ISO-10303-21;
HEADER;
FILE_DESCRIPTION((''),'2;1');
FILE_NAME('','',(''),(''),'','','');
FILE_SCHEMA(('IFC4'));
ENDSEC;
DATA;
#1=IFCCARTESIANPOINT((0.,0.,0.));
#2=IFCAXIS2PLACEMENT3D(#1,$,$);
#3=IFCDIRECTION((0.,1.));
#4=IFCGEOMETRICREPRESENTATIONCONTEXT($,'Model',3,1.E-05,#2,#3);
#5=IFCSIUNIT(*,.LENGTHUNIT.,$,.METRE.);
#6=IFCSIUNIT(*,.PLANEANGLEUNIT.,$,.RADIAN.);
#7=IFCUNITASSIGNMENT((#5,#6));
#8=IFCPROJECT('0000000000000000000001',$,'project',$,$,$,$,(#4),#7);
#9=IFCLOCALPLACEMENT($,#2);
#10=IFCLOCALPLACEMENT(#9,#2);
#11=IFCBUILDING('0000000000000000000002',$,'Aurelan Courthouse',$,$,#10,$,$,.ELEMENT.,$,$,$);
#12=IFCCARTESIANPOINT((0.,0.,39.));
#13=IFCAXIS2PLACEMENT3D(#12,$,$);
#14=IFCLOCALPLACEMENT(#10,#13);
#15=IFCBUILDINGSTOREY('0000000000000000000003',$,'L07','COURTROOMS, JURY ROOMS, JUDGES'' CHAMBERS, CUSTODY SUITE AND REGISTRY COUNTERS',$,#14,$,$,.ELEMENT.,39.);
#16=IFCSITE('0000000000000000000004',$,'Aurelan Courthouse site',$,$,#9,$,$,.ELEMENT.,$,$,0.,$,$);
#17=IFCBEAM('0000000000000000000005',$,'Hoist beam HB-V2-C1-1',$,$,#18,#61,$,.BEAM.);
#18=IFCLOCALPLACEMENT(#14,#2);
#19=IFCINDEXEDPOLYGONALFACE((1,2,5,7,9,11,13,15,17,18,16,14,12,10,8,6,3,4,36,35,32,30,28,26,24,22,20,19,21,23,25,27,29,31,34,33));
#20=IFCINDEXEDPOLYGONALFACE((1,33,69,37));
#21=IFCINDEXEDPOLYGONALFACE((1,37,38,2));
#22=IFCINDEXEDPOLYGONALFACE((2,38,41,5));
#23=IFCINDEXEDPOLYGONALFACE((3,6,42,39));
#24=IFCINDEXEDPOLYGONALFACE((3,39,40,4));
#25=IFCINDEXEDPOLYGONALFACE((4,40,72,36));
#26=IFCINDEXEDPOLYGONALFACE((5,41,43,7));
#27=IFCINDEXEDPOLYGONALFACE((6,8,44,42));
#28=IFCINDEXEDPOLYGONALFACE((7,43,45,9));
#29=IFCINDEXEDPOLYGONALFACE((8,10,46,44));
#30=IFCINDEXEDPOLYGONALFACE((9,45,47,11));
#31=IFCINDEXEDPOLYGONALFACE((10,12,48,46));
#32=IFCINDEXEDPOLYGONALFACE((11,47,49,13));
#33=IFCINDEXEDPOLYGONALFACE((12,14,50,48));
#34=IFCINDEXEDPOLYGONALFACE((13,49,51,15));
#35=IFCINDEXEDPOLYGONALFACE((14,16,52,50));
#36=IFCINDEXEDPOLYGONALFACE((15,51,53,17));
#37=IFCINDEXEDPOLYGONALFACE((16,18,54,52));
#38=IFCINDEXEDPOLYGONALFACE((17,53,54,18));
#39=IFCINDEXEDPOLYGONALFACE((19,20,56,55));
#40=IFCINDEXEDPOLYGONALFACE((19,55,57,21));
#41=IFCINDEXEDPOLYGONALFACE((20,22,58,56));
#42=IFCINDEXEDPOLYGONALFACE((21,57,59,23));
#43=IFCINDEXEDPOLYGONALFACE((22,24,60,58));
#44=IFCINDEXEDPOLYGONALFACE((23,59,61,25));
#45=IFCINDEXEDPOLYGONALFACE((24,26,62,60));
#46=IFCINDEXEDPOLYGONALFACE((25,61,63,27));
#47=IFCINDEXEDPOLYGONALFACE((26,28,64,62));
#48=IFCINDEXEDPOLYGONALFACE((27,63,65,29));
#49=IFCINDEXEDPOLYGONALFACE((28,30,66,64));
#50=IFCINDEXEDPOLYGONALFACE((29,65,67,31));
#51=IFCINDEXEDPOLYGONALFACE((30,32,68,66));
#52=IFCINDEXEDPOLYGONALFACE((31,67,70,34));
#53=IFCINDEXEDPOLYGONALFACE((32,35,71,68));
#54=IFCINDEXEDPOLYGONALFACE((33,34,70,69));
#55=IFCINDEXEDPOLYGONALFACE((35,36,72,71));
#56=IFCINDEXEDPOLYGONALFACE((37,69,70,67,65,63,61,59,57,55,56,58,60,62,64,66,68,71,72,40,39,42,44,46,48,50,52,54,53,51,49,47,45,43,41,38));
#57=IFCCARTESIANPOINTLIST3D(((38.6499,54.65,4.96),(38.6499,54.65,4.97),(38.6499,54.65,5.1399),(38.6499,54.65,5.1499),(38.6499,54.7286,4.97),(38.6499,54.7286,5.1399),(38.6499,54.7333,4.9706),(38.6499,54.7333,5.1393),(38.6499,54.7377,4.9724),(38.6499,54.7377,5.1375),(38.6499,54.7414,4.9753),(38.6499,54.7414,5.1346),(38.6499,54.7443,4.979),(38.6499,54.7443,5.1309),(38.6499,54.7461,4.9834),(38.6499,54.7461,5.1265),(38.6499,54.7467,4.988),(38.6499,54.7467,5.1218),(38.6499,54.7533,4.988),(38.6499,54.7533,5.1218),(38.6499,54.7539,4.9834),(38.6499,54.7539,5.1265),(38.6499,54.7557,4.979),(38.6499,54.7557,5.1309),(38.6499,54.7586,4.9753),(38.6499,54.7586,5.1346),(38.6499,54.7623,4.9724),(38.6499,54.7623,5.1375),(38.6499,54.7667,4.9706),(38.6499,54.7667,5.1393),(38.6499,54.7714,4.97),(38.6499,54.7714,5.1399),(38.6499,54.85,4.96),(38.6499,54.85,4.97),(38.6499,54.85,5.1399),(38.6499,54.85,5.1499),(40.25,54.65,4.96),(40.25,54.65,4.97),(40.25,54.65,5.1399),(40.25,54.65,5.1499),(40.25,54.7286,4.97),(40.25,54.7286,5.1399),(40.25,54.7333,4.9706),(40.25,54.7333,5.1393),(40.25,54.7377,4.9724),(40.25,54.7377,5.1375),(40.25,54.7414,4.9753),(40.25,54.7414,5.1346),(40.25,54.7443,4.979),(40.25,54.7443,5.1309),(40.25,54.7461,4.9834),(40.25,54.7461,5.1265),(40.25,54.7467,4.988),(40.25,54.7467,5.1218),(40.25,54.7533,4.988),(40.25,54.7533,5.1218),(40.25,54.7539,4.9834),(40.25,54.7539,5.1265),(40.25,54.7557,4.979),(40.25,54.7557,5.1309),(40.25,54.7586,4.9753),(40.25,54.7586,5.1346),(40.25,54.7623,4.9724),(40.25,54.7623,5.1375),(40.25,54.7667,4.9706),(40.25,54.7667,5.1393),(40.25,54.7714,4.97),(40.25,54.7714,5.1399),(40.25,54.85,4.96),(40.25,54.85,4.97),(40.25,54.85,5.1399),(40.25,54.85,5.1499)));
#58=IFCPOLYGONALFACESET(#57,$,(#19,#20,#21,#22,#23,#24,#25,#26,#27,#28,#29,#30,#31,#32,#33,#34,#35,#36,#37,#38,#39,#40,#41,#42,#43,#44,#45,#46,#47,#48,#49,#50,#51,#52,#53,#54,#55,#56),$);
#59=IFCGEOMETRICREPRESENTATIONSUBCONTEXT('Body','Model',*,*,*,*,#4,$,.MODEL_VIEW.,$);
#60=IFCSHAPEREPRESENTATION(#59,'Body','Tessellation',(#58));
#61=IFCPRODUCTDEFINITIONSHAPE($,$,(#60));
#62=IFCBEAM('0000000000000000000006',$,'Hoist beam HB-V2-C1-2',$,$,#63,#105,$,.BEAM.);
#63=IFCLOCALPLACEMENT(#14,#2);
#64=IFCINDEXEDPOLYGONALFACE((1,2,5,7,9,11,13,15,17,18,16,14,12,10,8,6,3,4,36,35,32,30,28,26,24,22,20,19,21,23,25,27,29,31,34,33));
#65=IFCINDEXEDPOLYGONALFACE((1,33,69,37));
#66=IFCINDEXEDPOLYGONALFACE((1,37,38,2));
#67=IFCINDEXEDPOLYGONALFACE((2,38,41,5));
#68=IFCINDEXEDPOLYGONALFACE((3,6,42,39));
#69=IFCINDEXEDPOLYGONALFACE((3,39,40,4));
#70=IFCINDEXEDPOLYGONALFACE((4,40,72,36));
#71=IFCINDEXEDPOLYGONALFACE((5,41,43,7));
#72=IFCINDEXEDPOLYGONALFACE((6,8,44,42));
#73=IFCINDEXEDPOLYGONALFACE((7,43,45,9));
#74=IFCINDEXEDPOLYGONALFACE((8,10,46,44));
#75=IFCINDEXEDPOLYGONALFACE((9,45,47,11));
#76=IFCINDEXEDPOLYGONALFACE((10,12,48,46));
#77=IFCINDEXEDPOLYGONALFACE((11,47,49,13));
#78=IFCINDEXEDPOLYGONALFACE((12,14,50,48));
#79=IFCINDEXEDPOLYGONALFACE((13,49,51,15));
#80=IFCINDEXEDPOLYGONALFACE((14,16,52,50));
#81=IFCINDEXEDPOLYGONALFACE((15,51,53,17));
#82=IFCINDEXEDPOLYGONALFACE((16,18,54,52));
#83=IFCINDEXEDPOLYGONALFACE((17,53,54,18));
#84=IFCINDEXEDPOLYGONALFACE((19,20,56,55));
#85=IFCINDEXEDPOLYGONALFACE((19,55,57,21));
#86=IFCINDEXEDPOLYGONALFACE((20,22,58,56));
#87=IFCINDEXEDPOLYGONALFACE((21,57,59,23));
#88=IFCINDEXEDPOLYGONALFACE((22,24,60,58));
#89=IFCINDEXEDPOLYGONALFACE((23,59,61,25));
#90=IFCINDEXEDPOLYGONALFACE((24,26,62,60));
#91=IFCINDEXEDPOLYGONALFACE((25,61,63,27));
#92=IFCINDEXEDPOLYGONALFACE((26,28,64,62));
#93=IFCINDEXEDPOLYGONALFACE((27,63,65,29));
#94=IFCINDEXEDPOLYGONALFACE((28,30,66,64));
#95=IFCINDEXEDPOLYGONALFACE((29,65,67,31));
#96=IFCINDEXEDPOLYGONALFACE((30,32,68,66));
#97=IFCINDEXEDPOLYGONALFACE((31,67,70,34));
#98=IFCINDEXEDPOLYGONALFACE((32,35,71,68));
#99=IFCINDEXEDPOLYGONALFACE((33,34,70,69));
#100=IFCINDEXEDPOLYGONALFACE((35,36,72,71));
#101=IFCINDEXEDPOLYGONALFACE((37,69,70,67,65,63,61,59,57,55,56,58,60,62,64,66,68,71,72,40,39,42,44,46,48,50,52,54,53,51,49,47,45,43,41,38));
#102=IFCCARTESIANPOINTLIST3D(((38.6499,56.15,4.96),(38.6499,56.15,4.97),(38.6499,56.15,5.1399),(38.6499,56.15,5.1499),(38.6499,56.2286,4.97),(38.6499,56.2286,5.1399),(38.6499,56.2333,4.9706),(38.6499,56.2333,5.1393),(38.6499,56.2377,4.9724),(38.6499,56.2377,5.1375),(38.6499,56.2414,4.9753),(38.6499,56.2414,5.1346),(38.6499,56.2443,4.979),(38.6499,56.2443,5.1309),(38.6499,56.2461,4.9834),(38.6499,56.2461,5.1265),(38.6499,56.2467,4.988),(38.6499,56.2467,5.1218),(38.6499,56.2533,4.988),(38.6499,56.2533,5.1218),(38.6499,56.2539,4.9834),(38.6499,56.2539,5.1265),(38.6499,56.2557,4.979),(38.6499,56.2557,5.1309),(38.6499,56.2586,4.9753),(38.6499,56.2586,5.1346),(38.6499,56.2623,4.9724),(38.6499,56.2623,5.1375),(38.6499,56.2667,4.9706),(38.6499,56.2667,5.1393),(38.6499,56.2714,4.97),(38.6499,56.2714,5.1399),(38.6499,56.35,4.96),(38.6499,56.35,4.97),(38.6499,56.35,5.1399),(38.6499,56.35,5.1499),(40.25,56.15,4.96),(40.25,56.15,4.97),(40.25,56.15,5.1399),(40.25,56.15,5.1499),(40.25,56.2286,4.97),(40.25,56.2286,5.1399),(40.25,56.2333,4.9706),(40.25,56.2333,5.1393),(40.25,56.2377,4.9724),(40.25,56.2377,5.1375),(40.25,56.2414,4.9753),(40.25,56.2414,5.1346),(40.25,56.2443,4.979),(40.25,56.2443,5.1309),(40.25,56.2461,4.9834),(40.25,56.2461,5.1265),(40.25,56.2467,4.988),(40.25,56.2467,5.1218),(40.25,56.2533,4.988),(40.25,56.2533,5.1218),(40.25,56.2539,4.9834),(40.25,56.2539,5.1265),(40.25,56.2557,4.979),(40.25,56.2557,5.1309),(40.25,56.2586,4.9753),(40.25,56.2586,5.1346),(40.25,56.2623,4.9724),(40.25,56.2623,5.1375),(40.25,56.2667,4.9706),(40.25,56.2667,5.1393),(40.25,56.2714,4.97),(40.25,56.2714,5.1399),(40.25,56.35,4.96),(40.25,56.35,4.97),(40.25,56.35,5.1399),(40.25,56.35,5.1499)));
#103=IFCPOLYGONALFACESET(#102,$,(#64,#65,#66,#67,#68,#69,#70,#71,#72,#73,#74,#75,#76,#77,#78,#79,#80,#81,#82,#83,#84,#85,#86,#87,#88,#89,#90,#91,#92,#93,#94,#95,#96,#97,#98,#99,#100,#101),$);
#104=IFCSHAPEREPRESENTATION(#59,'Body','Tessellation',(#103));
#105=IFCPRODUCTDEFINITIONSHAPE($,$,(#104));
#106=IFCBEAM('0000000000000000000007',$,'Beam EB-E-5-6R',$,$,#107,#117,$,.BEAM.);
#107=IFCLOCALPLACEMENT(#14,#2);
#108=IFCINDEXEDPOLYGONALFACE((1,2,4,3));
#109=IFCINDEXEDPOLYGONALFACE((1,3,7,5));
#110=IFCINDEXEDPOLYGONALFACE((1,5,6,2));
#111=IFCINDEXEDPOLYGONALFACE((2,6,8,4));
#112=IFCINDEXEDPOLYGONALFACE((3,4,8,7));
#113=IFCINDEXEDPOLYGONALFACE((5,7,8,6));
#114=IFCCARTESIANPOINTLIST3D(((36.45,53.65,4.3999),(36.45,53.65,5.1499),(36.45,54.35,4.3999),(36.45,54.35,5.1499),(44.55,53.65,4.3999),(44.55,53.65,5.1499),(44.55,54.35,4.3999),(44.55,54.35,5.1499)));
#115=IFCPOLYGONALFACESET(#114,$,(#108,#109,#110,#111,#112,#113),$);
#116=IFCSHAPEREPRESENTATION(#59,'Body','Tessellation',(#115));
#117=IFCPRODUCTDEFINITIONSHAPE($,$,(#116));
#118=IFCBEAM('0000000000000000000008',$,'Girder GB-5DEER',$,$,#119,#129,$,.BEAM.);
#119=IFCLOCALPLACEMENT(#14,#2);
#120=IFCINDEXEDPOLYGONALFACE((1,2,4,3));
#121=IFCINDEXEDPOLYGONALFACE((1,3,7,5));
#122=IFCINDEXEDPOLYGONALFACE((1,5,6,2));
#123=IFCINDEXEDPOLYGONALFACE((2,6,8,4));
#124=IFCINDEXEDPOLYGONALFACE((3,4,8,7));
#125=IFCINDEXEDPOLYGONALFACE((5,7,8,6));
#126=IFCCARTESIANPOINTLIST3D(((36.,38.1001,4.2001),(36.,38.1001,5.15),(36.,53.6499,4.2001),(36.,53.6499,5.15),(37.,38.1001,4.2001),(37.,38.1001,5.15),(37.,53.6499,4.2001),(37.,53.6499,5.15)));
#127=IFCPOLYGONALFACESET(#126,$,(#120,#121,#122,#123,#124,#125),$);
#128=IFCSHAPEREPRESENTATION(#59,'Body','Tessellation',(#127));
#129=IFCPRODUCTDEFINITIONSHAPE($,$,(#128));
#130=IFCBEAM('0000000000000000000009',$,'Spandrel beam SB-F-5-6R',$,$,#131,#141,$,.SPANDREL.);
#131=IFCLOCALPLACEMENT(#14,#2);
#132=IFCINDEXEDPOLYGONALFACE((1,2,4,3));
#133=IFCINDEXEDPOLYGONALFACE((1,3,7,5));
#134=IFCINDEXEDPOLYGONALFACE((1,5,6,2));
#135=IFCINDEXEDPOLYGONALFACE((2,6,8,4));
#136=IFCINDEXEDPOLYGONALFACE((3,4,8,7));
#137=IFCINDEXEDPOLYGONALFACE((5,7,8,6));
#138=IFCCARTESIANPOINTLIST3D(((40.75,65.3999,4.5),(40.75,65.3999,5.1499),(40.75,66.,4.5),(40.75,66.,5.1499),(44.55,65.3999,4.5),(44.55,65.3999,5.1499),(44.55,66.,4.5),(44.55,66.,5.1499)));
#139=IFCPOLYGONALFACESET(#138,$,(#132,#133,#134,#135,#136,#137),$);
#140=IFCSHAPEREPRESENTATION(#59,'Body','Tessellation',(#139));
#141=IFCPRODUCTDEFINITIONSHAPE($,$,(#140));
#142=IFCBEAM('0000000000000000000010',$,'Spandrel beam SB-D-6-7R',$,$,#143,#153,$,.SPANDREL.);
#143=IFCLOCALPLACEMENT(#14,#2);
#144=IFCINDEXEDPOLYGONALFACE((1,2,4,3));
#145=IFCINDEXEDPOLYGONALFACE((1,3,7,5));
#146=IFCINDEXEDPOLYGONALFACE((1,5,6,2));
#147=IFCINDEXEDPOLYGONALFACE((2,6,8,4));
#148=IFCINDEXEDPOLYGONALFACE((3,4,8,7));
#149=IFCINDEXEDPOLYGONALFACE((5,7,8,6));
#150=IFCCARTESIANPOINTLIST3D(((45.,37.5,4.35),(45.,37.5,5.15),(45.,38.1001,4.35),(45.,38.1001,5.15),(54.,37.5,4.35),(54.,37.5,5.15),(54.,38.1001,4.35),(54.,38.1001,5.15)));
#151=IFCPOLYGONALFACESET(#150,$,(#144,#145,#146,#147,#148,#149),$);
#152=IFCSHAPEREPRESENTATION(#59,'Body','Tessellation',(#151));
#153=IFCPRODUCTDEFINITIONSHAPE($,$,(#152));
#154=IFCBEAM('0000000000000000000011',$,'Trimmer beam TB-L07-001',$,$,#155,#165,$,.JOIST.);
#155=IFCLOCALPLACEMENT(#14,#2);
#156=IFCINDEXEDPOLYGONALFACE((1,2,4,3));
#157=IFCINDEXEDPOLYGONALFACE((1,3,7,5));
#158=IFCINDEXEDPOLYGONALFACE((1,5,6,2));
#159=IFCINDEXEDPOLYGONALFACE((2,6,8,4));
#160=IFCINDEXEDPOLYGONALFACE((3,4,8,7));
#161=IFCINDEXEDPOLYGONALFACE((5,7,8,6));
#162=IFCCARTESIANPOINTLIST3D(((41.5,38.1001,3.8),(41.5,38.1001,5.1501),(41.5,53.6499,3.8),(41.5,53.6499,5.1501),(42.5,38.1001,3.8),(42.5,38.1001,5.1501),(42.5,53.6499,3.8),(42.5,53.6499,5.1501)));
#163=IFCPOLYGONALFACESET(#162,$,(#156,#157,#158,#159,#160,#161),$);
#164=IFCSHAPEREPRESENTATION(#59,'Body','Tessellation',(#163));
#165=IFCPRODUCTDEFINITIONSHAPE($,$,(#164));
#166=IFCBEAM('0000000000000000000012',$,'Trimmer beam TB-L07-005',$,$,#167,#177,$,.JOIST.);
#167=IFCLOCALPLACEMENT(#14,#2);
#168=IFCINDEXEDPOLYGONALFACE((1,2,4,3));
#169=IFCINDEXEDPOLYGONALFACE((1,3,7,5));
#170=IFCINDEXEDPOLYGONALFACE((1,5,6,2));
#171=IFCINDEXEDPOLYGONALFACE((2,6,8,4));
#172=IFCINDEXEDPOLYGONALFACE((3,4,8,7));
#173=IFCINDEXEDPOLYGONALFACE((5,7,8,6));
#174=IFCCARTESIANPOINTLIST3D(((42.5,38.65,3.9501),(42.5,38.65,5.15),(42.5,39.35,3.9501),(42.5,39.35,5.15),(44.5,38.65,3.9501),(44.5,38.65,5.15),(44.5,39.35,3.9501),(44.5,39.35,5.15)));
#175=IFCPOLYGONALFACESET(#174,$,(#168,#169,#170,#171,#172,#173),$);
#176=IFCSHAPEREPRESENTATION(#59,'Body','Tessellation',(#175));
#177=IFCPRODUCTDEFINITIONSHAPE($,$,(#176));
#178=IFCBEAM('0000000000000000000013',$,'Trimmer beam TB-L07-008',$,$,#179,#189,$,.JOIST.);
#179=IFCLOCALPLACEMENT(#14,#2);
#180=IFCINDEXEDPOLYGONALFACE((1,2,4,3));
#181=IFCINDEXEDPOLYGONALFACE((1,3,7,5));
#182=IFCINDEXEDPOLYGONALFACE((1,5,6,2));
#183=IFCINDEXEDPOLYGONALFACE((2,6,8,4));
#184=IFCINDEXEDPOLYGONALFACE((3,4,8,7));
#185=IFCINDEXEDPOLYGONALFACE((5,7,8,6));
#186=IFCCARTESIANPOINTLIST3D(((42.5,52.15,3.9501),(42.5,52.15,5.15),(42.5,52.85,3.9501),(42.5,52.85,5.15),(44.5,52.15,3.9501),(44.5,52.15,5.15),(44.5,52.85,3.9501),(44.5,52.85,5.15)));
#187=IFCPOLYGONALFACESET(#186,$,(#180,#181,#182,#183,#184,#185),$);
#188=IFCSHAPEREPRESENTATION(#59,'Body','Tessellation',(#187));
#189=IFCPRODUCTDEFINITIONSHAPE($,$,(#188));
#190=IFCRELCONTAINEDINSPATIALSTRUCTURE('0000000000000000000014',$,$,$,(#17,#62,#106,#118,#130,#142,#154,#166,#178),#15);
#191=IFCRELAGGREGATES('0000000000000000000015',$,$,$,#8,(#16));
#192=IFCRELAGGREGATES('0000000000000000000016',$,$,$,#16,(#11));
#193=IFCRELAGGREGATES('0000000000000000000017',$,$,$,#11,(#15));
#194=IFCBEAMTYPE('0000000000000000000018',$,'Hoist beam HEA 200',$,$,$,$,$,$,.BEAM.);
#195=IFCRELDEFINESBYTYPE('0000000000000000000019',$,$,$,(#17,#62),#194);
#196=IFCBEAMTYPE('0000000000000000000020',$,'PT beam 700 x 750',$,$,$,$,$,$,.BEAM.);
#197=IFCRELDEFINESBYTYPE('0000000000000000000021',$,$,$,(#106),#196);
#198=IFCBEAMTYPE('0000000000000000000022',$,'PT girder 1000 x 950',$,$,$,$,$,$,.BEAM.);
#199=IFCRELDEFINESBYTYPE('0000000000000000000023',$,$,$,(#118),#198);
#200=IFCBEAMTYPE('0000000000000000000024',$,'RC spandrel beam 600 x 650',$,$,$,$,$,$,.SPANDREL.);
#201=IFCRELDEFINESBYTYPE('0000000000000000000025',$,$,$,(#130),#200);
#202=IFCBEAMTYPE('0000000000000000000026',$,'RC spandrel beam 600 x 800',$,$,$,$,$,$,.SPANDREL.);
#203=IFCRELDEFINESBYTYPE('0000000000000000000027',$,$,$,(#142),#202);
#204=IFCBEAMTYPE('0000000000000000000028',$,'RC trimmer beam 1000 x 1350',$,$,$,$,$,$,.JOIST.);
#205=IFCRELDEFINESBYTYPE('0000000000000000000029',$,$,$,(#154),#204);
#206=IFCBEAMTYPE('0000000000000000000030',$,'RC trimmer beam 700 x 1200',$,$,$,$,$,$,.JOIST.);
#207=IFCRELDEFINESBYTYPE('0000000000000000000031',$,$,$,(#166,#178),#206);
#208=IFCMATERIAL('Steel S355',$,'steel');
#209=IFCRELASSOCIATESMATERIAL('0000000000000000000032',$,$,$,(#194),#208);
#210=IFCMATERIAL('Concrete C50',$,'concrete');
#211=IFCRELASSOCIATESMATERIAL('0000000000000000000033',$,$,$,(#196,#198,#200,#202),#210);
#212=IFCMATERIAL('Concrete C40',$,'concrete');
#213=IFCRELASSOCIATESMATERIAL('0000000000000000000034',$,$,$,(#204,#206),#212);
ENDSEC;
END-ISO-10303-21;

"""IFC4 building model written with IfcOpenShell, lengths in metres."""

from ifc_helpers import new_model, si_unit, direction, frame, origin, origin_2d, place, context, subcontext, project, spatial, rectangle, i_section, extrude, material, material_profile, profile_set, type_object, element, save


model = new_model("IFC4")

# Units and contexts
model_context = context("Model", 3, precision=1e-05, world=origin(), true_north=direction((0.0, 1.0)))
body_context = subcontext(model_context, "Body", "Model", "MODEL_VIEW")
ifc_project = project(units=[si_unit("LENGTHUNIT", "METRE"), si_unit("PLANEANGLEUNIT", "RADIAN")], contexts=[model_context])

# Site, building, storey
site_placement = place(None, origin())
site = spatial("IfcSite", under=ifc_project, at=site_placement, Name="Aurelan Courthouse site", CompositionType="ELEMENT", RefElevation=0.0)
building_placement = place(site_placement, origin())
building = spatial("IfcBuilding", under=site, at=building_placement, Name="Aurelan Courthouse", CompositionType="ELEMENT")
storey_placement = place(building_placement, frame((0.0, 0.0, 39.0)))
storey = spatial("IfcBuildingStorey", under=building, at=storey_placement, Name="L07", Description="COURTROOMS, JURY ROOMS, JUDGES' CHAMBERS, CUSTODY SUITE AND REGISTRY COUNTERS", CompositionType="ELEMENT", Elevation=39.0)

# Beams
ifc_material_1 = material(Name="Steel S355", Category="steel")
ifc_material_profile_1 = material_profile(ifc_material_1, i_section(OverallWidth=0.2, OverallDepth=0.1899, WebThickness=0.0066, FlangeThickness=0.01, FilletRadius=0.0181, at=origin_2d()), Name="HEA 200")
ifc_profile_set_1 = profile_set([ifc_material_profile_1], Name="Steel S355")
beam_type_1 = type_object("IfcBeamType", Name="Hoist beam HEA 200", PredefinedType="BEAM", material=ifc_profile_set_1)
for number, where, z_axis, x_axis, name in (
    (1, (38.6499, 54.75, 5.0549), (1.0, 0.0, 0.0), (0.0, 1.0, 0.0), "Hoist beam HB-V2-C1-1"),
    (2, (38.6499, 56.25, 5.0549), (1.0, 0.0, 0.0), (0.0, 1.0, 0.0), "Hoist beam HB-V2-C1-2"),
):
    element("IfcBeam", number, at=place(storey_placement, frame(where, z_axis=z_axis, x_axis=x_axis)), inside=storey, type_object=beam_type_1, Name=name, PredefinedType="BEAM", context=body_context, shape_type="SweptSolid", body=[
        extrude(i_section(OverallWidth=0.2, OverallDepth=0.1899, WebThickness=0.0066, FlangeThickness=0.01, FilletRadius=0.0181, at=origin_2d()), origin(), (0.0, 0.0, 1.0), 1.6001),
    ])
ifc_material_2 = material(Name="Concrete C50", Category="concrete")
ifc_material_profile_2 = material_profile(ifc_material_2, rectangle(XDim=0.7, YDim=0.75, at=origin_2d()), Name="RC 700 x 750")
ifc_profile_set_2 = profile_set([ifc_material_profile_2], Name="Concrete C50")
beam_type_2 = type_object("IfcBeamType", Name="PT beam 700 x 750", PredefinedType="BEAM", material=ifc_profile_set_2)
beam_1_placement = place(storey_placement, frame((36.45, 54.0, 4.7749), z_axis=(1.0, 0.0, 0.0), x_axis=(0.0, 1.0, 0.0)))
element("IfcBeam", 3, at=beam_1_placement, inside=storey, type_object=beam_type_2, Name="Beam EB-E-5-6R", PredefinedType="BEAM", context=body_context, shape_type="SweptSolid", body=[
    extrude(rectangle(XDim=0.7, YDim=0.75, at=origin_2d()), origin(), (0.0, 0.0, 1.0), 8.1001),
])
ifc_material_profile_3 = material_profile(ifc_material_2, rectangle(XDim=1.0, YDim=0.95, at=origin_2d()), Name="RC 1000 x 950")
ifc_profile_set_3 = profile_set([ifc_material_profile_3], Name="Concrete C50")
beam_type_3 = type_object("IfcBeamType", Name="PT girder 1000 x 950", PredefinedType="BEAM", material=ifc_profile_set_3)
beam_2_placement = place(storey_placement, frame((36.5, 38.1001, 4.675), z_axis=(0.0, 1.0, 0.0), x_axis=(-1.0, 0.0, 0.0)))
element("IfcBeam", 4, at=beam_2_placement, inside=storey, type_object=beam_type_3, Name="Girder GB-5DEER", PredefinedType="BEAM", context=body_context, shape_type="SweptSolid", body=[
    extrude(rectangle(XDim=1.0, YDim=0.95, at=origin_2d()), origin(), (0.0, 0.0, 1.0), 15.5498),
])
ifc_material_profile_4 = material_profile(ifc_material_2, rectangle(XDim=0.6001, YDim=0.6499, at=origin_2d()), Name="RC 600 x 650")
ifc_profile_set_4 = profile_set([ifc_material_profile_4], Name="Concrete C50")
beam_type_4 = type_object("IfcBeamType", Name="RC spandrel beam 600 x 650", PredefinedType="SPANDREL", material=ifc_profile_set_4)
beam_3_placement = place(storey_placement, frame((40.75, 65.7, 4.825), z_axis=(1.0, 0.0, 0.0), x_axis=(0.0, 1.0, 0.0)))
element("IfcBeam", 5, at=beam_3_placement, inside=storey, type_object=beam_type_4, Name="Spandrel beam SB-F-5-6R", PredefinedType="SPANDREL", context=body_context, shape_type="SweptSolid", body=[
    extrude(rectangle(XDim=0.6001, YDim=0.6499, at=origin_2d()), origin(), (0.0, 0.0, 1.0), 3.8),
])
ifc_material_profile_5 = material_profile(ifc_material_2, rectangle(XDim=0.6001, YDim=0.8, at=origin_2d()), Name="RC 600 x 800")
ifc_profile_set_5 = profile_set([ifc_material_profile_5], Name="Concrete C50")
beam_type_5 = type_object("IfcBeamType", Name="RC spandrel beam 600 x 800", PredefinedType="SPANDREL", material=ifc_profile_set_5)
beam_4_placement = place(storey_placement, frame((45.0, 37.8, 4.75), z_axis=(1.0, 0.0, 0.0), x_axis=(0.0, 1.0, 0.0)))
element("IfcBeam", 6, at=beam_4_placement, inside=storey, type_object=beam_type_5, Name="Spandrel beam SB-D-6-7R", PredefinedType="SPANDREL", context=body_context, shape_type="SweptSolid", body=[
    extrude(rectangle(XDim=0.6001, YDim=0.8, at=origin_2d()), origin(), (0.0, 0.0, 1.0), 9.0),
])
ifc_material_3 = material(Name="Concrete C40", Category="concrete")
ifc_material_profile_6 = material_profile(ifc_material_3, rectangle(XDim=1.0, YDim=1.3501, at=origin_2d()), Name="RC 1000 x 1350")
ifc_profile_set_6 = profile_set([ifc_material_profile_6], Name="Concrete C40")
beam_type_6 = type_object("IfcBeamType", Name="RC trimmer beam 1000 x 1350", PredefinedType="JOIST", material=ifc_profile_set_6)
beam_5_placement = place(storey_placement, frame((42.0, 38.1001, 4.4751), z_axis=(0.0, 1.0, 0.0), x_axis=(-1.0, 0.0, 0.0)))
element("IfcBeam", 7, at=beam_5_placement, inside=storey, type_object=beam_type_6, Name="Trimmer beam TB-L07-001", PredefinedType="JOIST", context=body_context, shape_type="SweptSolid", body=[
    extrude(rectangle(XDim=1.0, YDim=1.3501, at=origin_2d()), origin(), (0.0, 0.0, 1.0), 15.5498),
])
ifc_material_profile_7 = material_profile(ifc_material_3, rectangle(XDim=0.7, YDim=1.2, at=origin_2d()), Name="RC 700 x 1200")
ifc_profile_set_7 = profile_set([ifc_material_profile_7], Name="Concrete C40")
beam_type_7 = type_object("IfcBeamType", Name="RC trimmer beam 700 x 1200", PredefinedType="JOIST", material=ifc_profile_set_7)
for number, where, z_axis, x_axis, name in (
    (8, (42.5, 39.0, 4.55), (1.0, 0.0, 0.0), (0.0, 1.0, 0.0), "Trimmer beam TB-L07-005"),
    (9, (42.5, 52.5, 4.55), (1.0, 0.0, 0.0), (0.0, 1.0, 0.0), "Trimmer beam TB-L07-008"),
):
    element("IfcBeam", number, at=place(storey_placement, frame(where, z_axis=z_axis, x_axis=x_axis)), inside=storey, type_object=beam_type_7, Name=name, PredefinedType="JOIST", context=body_context, shape_type="SweptSolid", body=[
        extrude(rectangle(XDim=0.7, YDim=1.2, at=origin_2d()), origin(), (0.0, 0.0, 1.0), 2.0),
    ])

save(model, "model.ifc")
